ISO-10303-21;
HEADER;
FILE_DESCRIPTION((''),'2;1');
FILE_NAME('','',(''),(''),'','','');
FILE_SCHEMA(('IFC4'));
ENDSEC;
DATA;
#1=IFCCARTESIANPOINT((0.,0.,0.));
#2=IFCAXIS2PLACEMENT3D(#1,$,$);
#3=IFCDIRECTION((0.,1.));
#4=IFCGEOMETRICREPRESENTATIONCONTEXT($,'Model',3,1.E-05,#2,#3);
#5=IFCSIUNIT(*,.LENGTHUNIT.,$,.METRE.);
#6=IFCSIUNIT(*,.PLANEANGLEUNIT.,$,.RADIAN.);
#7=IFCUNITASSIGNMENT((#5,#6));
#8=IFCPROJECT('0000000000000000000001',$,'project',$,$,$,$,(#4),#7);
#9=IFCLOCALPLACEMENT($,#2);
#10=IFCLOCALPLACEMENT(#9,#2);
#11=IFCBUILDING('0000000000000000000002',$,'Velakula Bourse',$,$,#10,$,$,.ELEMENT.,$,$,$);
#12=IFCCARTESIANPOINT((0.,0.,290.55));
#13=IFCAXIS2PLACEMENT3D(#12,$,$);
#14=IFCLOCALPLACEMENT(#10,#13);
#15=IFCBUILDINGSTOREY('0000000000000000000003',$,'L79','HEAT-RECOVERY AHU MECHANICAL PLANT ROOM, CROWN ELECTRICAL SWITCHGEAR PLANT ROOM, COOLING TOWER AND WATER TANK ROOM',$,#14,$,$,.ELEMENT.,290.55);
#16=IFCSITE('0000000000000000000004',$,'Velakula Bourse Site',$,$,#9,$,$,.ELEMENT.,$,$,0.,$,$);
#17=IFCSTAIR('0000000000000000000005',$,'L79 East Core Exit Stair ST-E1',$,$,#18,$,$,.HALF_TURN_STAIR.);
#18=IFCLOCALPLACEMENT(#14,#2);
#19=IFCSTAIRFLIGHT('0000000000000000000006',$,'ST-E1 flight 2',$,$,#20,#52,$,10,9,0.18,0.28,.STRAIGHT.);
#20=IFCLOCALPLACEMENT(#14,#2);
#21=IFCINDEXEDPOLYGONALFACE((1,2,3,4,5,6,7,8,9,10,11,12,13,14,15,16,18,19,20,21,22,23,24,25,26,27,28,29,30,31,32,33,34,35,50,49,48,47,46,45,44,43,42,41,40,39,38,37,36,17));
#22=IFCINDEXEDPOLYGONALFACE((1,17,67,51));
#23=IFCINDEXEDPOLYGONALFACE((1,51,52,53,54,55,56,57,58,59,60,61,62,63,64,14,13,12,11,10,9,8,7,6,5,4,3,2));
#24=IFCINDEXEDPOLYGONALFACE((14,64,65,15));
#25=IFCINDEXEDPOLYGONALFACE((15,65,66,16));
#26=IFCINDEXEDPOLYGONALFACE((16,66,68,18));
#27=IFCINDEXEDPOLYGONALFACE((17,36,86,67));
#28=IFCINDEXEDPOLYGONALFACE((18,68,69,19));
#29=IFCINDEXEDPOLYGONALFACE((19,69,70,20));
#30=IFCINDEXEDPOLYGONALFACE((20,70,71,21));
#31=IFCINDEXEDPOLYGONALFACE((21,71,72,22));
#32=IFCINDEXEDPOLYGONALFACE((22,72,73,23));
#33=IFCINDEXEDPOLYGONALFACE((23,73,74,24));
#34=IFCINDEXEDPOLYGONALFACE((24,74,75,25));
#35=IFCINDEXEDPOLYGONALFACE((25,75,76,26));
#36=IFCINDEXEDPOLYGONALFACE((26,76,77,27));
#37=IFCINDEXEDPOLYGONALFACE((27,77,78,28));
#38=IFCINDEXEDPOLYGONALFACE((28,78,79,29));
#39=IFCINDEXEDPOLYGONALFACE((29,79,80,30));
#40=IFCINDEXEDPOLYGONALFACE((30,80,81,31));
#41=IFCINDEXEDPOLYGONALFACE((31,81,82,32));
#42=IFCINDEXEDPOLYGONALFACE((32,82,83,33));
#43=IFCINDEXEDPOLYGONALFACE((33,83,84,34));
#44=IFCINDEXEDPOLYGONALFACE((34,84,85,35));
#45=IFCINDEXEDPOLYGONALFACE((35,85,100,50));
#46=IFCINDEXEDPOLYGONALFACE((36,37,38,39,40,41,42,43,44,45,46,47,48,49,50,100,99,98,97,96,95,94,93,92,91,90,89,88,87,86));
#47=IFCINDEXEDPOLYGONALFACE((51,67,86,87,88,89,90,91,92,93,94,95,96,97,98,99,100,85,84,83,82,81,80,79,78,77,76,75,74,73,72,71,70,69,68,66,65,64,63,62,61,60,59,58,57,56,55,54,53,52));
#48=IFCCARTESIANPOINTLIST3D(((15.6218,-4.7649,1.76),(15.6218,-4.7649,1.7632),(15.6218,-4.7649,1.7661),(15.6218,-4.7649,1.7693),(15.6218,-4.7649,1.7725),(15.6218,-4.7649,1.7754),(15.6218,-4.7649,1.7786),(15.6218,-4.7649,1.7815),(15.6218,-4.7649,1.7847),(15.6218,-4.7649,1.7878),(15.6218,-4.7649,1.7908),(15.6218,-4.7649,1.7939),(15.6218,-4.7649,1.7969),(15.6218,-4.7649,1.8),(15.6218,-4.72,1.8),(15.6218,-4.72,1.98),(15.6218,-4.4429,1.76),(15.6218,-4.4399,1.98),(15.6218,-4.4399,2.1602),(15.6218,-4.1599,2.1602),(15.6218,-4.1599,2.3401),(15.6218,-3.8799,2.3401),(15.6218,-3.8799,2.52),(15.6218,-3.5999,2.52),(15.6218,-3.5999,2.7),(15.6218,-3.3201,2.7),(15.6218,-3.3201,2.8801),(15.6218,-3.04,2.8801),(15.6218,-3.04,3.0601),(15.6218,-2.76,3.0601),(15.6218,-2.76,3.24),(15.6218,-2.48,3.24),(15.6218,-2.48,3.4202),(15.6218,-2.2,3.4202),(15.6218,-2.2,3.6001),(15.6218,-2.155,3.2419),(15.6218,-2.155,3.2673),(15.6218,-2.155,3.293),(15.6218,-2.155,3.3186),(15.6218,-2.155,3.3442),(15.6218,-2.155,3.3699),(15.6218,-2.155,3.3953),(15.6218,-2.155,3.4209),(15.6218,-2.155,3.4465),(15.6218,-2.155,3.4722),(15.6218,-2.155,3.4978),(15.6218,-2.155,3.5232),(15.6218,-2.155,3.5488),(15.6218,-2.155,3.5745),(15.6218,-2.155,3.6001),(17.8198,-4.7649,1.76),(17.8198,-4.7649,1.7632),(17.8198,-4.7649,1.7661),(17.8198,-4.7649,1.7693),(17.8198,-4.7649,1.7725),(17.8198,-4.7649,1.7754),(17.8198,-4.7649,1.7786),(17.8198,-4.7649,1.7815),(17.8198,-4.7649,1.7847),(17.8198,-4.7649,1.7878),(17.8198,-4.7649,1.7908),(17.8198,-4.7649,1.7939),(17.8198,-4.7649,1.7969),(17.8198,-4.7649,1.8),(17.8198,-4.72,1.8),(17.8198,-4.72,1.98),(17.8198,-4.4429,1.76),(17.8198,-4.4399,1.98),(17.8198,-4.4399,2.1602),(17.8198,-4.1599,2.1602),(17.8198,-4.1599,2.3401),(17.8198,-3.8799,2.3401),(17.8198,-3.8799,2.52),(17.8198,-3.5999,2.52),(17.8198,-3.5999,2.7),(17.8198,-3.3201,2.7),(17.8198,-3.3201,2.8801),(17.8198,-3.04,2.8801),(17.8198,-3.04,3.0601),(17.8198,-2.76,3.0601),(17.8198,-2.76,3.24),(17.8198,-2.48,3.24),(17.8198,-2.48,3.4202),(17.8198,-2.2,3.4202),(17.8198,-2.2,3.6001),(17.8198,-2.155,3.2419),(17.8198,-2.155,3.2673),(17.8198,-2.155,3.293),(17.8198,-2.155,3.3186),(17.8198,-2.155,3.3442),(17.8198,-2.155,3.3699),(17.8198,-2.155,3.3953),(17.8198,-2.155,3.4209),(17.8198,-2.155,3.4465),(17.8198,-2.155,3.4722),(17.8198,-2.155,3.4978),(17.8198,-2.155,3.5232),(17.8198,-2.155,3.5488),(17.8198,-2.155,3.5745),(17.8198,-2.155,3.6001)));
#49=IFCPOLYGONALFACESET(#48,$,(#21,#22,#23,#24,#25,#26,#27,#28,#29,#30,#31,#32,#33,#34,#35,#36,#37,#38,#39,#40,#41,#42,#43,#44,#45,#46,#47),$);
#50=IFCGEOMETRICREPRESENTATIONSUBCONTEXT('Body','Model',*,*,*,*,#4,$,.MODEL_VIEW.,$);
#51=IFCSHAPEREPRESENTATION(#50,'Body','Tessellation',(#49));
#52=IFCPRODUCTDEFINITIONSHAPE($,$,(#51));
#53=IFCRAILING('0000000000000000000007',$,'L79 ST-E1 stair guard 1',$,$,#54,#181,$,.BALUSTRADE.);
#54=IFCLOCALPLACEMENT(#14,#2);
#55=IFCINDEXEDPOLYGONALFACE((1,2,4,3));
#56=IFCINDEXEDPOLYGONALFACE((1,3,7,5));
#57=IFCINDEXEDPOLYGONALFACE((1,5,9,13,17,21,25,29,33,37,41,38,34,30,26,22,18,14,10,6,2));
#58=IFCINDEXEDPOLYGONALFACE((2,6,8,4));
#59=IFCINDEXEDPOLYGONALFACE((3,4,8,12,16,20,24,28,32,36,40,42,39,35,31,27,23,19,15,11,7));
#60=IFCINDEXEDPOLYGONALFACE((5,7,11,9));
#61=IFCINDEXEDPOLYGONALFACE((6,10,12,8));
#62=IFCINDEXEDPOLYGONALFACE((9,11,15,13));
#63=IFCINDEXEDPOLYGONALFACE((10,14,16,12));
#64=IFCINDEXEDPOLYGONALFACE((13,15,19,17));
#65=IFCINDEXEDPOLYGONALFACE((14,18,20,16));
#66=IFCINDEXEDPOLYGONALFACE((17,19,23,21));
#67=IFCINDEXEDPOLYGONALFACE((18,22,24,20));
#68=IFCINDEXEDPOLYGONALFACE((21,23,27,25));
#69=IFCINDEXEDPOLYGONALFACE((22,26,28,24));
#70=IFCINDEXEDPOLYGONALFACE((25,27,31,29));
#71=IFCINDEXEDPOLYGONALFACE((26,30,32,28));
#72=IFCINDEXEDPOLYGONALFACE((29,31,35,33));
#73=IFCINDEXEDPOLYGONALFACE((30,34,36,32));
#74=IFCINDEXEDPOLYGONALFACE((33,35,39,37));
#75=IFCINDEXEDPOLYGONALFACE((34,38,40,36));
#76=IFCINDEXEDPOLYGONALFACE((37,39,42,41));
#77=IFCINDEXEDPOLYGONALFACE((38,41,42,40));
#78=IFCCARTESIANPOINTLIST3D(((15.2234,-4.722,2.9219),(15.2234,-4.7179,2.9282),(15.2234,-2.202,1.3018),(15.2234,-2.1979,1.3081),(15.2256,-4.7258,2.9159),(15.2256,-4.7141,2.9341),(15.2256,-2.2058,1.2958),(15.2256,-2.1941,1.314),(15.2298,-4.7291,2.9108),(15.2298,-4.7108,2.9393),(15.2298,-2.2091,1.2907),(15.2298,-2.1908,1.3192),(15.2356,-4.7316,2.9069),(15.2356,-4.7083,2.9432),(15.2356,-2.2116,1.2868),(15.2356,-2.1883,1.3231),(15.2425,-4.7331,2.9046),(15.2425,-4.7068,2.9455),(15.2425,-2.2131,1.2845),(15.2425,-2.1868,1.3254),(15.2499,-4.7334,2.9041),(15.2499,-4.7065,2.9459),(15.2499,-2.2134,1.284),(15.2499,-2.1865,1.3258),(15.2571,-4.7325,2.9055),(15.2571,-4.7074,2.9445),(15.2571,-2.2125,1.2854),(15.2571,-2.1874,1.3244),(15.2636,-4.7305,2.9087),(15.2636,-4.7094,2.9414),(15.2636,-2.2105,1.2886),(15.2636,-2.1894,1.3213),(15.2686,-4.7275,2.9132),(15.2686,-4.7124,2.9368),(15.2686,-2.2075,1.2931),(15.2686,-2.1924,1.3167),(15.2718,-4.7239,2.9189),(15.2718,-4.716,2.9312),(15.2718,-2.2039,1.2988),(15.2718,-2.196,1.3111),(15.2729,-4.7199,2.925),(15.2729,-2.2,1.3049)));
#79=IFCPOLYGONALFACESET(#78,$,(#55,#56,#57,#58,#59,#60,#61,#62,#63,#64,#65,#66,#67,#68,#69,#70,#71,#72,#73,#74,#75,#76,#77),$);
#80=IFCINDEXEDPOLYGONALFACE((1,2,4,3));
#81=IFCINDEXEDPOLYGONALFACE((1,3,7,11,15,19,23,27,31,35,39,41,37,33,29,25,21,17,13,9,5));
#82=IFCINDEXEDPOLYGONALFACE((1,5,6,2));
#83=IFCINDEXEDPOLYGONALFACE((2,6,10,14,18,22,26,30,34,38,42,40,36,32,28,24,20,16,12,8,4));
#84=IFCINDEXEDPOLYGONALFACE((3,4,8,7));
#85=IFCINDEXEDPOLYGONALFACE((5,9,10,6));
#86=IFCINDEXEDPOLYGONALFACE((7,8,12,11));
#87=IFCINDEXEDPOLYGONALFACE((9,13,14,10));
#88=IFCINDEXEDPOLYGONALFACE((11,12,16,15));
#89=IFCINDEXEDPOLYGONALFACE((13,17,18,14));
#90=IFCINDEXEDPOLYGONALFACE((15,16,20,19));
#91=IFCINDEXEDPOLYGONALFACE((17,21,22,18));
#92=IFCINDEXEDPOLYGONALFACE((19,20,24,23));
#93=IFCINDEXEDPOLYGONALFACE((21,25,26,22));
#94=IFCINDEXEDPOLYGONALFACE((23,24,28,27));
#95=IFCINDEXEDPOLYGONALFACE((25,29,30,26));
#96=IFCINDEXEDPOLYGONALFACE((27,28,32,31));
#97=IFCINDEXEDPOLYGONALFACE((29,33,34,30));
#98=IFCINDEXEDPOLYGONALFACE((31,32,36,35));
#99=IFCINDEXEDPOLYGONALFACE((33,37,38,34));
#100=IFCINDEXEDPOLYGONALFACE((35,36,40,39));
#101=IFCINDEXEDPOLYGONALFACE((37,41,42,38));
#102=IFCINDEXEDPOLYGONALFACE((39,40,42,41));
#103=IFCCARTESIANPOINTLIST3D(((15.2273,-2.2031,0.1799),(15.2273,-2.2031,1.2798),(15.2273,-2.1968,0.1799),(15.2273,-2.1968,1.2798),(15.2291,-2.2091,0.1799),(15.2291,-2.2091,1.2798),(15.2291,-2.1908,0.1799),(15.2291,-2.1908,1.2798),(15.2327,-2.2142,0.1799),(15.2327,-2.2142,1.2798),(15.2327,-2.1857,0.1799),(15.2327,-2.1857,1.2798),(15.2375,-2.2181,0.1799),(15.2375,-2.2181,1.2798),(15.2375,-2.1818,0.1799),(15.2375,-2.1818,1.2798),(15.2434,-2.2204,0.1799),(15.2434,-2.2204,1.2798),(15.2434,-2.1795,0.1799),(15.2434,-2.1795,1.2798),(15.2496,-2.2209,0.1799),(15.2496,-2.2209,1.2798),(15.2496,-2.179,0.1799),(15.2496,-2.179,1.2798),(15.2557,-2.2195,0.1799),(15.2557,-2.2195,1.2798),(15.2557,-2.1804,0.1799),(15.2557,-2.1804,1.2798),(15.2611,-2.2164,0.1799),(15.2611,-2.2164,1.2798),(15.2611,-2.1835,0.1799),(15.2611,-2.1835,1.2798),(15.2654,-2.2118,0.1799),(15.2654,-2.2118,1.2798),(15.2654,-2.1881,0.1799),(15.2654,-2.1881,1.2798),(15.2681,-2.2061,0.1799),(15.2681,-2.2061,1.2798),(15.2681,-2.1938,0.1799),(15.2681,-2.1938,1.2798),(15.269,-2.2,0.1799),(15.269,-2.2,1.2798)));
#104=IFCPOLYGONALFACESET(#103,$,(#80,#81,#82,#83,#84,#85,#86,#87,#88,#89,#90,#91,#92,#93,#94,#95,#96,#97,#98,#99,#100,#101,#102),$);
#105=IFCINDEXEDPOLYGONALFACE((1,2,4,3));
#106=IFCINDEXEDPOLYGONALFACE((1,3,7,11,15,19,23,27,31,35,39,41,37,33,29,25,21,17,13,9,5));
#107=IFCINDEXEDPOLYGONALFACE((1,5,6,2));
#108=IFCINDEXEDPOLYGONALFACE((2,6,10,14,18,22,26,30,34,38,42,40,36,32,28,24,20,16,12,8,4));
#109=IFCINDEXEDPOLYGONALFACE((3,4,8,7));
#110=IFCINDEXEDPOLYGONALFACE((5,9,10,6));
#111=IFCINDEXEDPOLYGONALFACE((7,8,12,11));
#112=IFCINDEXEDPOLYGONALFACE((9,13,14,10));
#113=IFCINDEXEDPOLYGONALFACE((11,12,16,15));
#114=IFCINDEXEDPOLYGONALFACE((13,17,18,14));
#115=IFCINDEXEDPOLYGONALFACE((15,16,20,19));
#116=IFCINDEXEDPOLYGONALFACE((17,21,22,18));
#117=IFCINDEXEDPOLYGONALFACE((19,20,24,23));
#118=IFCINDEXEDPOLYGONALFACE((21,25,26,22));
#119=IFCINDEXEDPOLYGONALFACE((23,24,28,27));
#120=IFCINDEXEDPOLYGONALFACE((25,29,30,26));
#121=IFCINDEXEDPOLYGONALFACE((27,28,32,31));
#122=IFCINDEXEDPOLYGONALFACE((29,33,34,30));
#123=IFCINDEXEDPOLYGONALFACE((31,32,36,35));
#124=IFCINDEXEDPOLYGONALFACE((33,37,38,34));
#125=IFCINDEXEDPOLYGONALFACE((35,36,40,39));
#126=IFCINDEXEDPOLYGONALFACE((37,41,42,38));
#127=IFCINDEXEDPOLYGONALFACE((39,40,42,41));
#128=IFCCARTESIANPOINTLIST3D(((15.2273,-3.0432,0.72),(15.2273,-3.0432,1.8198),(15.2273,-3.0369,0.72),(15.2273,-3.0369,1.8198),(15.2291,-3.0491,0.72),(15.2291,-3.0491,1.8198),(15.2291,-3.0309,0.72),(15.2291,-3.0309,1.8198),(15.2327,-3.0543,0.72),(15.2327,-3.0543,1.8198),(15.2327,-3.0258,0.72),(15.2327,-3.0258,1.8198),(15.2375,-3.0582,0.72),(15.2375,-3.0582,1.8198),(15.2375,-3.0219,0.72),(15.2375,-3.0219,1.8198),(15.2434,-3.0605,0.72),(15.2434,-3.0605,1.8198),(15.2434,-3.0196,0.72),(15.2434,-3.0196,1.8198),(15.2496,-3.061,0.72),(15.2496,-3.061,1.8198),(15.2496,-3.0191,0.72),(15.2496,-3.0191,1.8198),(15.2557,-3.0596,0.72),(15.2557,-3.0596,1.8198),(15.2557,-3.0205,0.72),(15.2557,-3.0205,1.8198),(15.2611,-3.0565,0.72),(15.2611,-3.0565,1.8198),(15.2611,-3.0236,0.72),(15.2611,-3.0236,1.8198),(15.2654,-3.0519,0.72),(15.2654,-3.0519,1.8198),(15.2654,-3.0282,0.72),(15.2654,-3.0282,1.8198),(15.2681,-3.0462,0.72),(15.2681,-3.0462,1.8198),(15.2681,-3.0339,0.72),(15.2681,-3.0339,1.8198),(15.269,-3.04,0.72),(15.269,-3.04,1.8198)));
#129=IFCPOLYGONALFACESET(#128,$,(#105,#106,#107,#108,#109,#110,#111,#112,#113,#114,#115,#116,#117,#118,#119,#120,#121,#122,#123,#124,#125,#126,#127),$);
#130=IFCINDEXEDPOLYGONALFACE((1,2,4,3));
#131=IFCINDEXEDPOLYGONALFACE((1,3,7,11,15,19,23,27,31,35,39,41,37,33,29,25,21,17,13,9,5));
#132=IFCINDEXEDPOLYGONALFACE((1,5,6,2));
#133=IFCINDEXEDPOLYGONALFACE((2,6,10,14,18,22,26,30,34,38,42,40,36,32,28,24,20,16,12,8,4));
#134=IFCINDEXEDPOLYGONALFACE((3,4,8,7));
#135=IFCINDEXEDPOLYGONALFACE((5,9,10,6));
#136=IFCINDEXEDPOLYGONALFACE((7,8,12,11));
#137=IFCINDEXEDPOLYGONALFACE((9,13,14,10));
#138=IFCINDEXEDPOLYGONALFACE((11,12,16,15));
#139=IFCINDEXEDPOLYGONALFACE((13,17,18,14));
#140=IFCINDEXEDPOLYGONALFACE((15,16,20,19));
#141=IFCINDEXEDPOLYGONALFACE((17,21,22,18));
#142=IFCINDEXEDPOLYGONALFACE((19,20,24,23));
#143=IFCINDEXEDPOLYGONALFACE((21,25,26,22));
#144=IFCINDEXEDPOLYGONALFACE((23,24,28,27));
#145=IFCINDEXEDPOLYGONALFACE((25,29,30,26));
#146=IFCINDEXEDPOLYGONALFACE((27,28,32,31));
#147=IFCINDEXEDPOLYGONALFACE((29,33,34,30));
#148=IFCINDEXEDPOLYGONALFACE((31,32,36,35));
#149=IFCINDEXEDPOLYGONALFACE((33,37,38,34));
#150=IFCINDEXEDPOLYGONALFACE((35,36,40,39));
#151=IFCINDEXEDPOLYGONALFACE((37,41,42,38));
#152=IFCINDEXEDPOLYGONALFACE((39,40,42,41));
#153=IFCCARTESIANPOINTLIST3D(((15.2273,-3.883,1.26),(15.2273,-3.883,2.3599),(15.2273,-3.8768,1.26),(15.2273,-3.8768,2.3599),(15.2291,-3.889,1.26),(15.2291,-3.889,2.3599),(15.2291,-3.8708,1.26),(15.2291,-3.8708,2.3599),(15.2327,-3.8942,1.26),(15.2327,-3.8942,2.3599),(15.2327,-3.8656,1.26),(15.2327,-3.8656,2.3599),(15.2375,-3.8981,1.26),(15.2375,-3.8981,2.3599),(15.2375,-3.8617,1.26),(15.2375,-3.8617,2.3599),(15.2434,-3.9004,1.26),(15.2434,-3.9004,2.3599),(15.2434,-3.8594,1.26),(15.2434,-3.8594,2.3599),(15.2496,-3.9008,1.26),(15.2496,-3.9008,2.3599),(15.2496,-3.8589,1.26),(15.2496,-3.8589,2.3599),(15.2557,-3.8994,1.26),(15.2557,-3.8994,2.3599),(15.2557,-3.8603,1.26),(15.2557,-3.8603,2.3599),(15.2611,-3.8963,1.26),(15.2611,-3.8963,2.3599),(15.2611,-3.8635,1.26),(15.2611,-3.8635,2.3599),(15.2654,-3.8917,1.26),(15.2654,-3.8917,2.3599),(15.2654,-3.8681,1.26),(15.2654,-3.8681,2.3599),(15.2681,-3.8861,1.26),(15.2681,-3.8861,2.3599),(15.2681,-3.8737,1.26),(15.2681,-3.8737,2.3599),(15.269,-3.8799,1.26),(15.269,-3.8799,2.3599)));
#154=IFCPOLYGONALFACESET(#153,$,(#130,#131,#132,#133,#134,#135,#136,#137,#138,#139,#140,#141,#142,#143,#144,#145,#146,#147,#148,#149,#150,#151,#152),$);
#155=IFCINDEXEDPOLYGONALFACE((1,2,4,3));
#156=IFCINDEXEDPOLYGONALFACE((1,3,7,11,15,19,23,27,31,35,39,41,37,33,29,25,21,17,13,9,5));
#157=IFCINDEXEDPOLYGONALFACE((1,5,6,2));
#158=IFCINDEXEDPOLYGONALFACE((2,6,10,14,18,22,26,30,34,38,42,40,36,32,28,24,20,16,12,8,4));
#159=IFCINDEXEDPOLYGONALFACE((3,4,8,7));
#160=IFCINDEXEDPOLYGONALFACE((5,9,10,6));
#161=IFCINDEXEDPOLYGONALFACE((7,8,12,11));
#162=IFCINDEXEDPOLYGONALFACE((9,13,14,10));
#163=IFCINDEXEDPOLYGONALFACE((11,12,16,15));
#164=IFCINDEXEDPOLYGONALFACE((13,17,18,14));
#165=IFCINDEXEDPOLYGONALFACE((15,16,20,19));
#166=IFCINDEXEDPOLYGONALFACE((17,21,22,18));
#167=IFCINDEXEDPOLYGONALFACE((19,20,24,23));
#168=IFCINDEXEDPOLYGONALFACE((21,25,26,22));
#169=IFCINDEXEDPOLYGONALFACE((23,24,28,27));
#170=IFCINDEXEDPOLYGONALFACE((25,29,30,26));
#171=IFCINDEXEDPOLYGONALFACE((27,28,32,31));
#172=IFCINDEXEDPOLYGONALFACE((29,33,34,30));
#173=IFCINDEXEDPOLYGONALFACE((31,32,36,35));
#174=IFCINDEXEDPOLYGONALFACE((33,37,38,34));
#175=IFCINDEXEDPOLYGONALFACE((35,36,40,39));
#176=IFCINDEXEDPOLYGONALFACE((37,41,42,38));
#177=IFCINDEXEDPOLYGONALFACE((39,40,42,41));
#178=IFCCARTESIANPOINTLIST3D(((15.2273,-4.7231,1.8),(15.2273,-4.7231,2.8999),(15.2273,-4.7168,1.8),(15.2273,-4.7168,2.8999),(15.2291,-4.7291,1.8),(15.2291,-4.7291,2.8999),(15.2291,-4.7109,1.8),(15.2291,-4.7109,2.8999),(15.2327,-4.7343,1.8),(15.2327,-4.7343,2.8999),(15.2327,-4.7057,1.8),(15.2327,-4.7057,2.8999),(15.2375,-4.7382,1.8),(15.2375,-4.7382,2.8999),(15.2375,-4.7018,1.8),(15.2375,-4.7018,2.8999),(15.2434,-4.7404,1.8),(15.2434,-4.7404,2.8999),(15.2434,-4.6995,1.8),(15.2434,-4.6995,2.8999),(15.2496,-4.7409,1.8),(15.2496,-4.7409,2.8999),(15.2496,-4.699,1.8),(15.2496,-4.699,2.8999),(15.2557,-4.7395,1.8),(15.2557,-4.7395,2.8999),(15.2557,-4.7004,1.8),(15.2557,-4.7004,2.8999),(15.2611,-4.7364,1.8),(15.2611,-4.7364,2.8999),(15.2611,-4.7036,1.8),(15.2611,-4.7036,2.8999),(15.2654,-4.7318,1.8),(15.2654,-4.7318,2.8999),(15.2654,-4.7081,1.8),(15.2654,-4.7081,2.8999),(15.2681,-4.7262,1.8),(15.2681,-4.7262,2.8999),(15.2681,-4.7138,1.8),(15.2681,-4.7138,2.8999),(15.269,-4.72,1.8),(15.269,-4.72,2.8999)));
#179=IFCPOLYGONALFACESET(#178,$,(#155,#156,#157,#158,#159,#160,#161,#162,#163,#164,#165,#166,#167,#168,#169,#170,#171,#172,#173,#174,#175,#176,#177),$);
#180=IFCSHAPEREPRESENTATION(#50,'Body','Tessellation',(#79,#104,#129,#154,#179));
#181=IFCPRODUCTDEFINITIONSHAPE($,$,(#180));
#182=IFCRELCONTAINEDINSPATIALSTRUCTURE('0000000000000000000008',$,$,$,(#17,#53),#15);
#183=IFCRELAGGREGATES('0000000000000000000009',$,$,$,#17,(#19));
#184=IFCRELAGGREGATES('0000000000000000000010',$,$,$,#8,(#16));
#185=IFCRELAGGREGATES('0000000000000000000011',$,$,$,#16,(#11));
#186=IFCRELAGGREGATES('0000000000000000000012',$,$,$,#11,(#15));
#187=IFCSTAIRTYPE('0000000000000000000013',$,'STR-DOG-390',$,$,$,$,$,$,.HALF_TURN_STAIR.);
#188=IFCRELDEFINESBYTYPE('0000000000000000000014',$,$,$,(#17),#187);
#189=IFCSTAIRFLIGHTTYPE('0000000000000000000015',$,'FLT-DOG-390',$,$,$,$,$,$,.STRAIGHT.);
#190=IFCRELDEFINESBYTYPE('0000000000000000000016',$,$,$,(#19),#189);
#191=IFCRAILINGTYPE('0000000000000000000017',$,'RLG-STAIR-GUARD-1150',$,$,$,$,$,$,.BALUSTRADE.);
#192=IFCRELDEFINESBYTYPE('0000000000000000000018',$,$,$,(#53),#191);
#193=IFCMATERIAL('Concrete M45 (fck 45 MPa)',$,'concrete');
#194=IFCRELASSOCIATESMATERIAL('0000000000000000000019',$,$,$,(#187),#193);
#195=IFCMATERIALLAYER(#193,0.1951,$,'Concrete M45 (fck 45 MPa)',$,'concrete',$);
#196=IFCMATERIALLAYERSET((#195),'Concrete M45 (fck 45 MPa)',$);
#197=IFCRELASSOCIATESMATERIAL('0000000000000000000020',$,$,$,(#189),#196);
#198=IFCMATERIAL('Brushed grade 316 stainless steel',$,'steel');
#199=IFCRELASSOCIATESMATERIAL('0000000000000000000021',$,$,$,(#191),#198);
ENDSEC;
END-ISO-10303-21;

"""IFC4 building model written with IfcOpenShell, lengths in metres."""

from ifc_helpers import new_model, si_unit, direction, frame, origin, origin_2d, place, context, subcontext, project, spatial, polyline, circle, outline, extrude, material, layer, layer_set, type_object, element, aggregate, save


model = new_model("IFC4")

# Units and contexts
model_context = context("Model", 3, precision=1e-05, world=origin(), true_north=direction((0.0, 1.0)))
body_context = subcontext(model_context, "Body", "Model", "MODEL_VIEW")
ifc_project = project(units=[si_unit("LENGTHUNIT", "METRE"), si_unit("PLANEANGLEUNIT", "RADIAN")], contexts=[model_context])

# Site, building, storey
site_placement = place(None, origin())
site = spatial("IfcSite", under=ifc_project, at=site_placement, Name="Velakula Bourse Site", CompositionType="ELEMENT", RefElevation=0.0)
building_placement = place(site_placement, origin())
building = spatial("IfcBuilding", under=site, at=building_placement, Name="Velakula Bourse", CompositionType="ELEMENT")
storey_placement = place(building_placement, frame((0.0, 0.0, 290.55)))
storey = spatial("IfcBuildingStorey", under=building, at=storey_placement, Name="L79", Description="HEAT-RECOVERY AHU MECHANICAL PLANT ROOM, CROWN ELECTRICAL SWITCHGEAR PLANT ROOM, COOLING TOWER AND WATER TANK ROOM", CompositionType="ELEMENT", Elevation=290.55)

# Shared definitions
ifc_material_1 = material(Name="Brushed grade 316 stainless steel", Category="steel")

# Stair, stair flight
ifc_material_2 = material(Name="Concrete M45 (fck 45 MPa)", Category="concrete")
stair_type = type_object("IfcStairType", Name="STR-DOG-390", PredefinedType="HALF_TURN_STAIR", material=ifc_material_2)
stair_placement = place(storey_placement, origin())
stair = element("IfcStair", 1, at=stair_placement, inside=storey, type_object=stair_type, Name="L79 East Core Exit Stair ST-E1", PredefinedType="HALF_TURN_STAIR")
ifc_layer_1 = layer(ifc_material_2, 0.1951, Name="Concrete M45 (fck 45 MPa)", Category="concrete")
ifc_layer_set_1 = layer_set([ifc_layer_1], Name="Concrete M45 (fck 45 MPa)")
stair_flight_type = type_object("IfcStairFlightType", Name="FLT-DOG-390", PredefinedType="STRAIGHT", material=ifc_layer_set_1)
stair_flight_1_placement = place(storey_placement, frame((16.7209, -4.72, 1.8), z_axis=(0.0, 0.0, 1.0), x_axis=(0.0, 1.0, 0.0)))
stair_flight_1 = element("IfcStairFlight", 2, at=stair_flight_1_placement, type_object=stair_flight_type, Name="ST-E1 flight 2", NumberOfRisers=10, NumberOfTreads=9, PredefinedType="STRAIGHT", RiserHeight=0.18, TreadLength=0.28, context=body_context, shape_type="SweptSolid", body=[
    extrude(outline(polyline([(-0.0449, -0.04), (-0.0449, -0.0369), (-0.0449, -0.0339), (-0.0449, -0.0308), (-0.0449, -0.0276), (-0.0449, -0.0247), (-0.0449, -0.0215), (-0.0449, -0.0186), (-0.0449, -0.0154), (-0.0449, -0.0122), (-0.0449, -0.0093), (-0.0449, -0.0061), (-0.0449, -0.0032), (-0.0449, 0.0), (0.0, 0.0), (0.0, 0.1799), (0.28, 0.1799), (0.28, 0.3601), (0.5601, 0.3601), (0.5601, 0.54), (0.8401, 0.54), (0.8401, 0.72), (1.1201, 0.72), (1.1201, 0.8999), (1.3999, 0.8999), (1.3999, 1.0801), (1.6799, 1.0801), (1.6799, 1.26), (1.96, 1.26), (1.96, 1.4399), (2.24, 1.4399), (2.24, 1.6201), (2.52, 1.6201), (2.52, 1.8), (2.5649, 1.8), (2.5649, 1.7744), (2.5649, 1.7488), (2.5649, 1.7231), (2.5649, 1.6978), (2.5649, 1.6721), (2.5649, 1.6465), (2.5649, 1.6208), (2.5649, 1.5952), (2.5649, 1.5698), (2.5649, 1.5442), (2.5649, 1.5186), (2.5649, 1.4929), (2.5649, 1.4673), (2.5649, 1.4419), (0.2771, -0.04), (-0.0449, -0.04)])), frame((0.0, 1.0991, 0.0), z_axis=(0.0, -1.0, 0.0), x_axis=(1.0, 0.0, 0.0)), (0.0, 0.0, 1.0), 2.198),
])
aggregate(stair, [stair_flight_1])

# Railing
railing_type_1 = type_object("IfcRailingType", Name="RLG-STAIR-GUARD-1150", PredefinedType="BALUSTRADE", material=ifc_material_1)
railing_1_placement = place(storey_placement, frame((15.248, -2.2, 0.1799)))
element("IfcRailing", 3, at=railing_1_placement, inside=storey, type_object=railing_type_1, Name="L79 ST-E1 stair guard 1", PredefinedType="BALUSTRADE", context=body_context, shape_type="SweptSolid", body=[
    extrude(circle(Radius=0.0249, at=origin_2d()), frame((0.0, 0.0, 1.125), z_axis=(0.0, -0.841163, 0.540782), x_axis=(1.0, 0.0, 0.0)), (0.0, 0.0, 1.0), 2.9958),
    extrude(circle(Radius=0.021, at=origin_2d()), origin(), (0.0, 0.0, 1.0), 1.0999),
    extrude(circle(Radius=0.021, at=origin_2d()), frame((0.0, -0.8401, 0.54)), (0.0, 0.0, 1.0), 1.0999),
    extrude(circle(Radius=0.021, at=origin_2d()), frame((0.0, -1.6799, 1.0801)), (0.0, 0.0, 1.0), 1.0999),
    extrude(circle(Radius=0.021, at=origin_2d()), frame((0.0, -2.52, 1.6201)), (0.0, 0.0, 1.0), 1.0999),
])

save(model, "model.ifc")
